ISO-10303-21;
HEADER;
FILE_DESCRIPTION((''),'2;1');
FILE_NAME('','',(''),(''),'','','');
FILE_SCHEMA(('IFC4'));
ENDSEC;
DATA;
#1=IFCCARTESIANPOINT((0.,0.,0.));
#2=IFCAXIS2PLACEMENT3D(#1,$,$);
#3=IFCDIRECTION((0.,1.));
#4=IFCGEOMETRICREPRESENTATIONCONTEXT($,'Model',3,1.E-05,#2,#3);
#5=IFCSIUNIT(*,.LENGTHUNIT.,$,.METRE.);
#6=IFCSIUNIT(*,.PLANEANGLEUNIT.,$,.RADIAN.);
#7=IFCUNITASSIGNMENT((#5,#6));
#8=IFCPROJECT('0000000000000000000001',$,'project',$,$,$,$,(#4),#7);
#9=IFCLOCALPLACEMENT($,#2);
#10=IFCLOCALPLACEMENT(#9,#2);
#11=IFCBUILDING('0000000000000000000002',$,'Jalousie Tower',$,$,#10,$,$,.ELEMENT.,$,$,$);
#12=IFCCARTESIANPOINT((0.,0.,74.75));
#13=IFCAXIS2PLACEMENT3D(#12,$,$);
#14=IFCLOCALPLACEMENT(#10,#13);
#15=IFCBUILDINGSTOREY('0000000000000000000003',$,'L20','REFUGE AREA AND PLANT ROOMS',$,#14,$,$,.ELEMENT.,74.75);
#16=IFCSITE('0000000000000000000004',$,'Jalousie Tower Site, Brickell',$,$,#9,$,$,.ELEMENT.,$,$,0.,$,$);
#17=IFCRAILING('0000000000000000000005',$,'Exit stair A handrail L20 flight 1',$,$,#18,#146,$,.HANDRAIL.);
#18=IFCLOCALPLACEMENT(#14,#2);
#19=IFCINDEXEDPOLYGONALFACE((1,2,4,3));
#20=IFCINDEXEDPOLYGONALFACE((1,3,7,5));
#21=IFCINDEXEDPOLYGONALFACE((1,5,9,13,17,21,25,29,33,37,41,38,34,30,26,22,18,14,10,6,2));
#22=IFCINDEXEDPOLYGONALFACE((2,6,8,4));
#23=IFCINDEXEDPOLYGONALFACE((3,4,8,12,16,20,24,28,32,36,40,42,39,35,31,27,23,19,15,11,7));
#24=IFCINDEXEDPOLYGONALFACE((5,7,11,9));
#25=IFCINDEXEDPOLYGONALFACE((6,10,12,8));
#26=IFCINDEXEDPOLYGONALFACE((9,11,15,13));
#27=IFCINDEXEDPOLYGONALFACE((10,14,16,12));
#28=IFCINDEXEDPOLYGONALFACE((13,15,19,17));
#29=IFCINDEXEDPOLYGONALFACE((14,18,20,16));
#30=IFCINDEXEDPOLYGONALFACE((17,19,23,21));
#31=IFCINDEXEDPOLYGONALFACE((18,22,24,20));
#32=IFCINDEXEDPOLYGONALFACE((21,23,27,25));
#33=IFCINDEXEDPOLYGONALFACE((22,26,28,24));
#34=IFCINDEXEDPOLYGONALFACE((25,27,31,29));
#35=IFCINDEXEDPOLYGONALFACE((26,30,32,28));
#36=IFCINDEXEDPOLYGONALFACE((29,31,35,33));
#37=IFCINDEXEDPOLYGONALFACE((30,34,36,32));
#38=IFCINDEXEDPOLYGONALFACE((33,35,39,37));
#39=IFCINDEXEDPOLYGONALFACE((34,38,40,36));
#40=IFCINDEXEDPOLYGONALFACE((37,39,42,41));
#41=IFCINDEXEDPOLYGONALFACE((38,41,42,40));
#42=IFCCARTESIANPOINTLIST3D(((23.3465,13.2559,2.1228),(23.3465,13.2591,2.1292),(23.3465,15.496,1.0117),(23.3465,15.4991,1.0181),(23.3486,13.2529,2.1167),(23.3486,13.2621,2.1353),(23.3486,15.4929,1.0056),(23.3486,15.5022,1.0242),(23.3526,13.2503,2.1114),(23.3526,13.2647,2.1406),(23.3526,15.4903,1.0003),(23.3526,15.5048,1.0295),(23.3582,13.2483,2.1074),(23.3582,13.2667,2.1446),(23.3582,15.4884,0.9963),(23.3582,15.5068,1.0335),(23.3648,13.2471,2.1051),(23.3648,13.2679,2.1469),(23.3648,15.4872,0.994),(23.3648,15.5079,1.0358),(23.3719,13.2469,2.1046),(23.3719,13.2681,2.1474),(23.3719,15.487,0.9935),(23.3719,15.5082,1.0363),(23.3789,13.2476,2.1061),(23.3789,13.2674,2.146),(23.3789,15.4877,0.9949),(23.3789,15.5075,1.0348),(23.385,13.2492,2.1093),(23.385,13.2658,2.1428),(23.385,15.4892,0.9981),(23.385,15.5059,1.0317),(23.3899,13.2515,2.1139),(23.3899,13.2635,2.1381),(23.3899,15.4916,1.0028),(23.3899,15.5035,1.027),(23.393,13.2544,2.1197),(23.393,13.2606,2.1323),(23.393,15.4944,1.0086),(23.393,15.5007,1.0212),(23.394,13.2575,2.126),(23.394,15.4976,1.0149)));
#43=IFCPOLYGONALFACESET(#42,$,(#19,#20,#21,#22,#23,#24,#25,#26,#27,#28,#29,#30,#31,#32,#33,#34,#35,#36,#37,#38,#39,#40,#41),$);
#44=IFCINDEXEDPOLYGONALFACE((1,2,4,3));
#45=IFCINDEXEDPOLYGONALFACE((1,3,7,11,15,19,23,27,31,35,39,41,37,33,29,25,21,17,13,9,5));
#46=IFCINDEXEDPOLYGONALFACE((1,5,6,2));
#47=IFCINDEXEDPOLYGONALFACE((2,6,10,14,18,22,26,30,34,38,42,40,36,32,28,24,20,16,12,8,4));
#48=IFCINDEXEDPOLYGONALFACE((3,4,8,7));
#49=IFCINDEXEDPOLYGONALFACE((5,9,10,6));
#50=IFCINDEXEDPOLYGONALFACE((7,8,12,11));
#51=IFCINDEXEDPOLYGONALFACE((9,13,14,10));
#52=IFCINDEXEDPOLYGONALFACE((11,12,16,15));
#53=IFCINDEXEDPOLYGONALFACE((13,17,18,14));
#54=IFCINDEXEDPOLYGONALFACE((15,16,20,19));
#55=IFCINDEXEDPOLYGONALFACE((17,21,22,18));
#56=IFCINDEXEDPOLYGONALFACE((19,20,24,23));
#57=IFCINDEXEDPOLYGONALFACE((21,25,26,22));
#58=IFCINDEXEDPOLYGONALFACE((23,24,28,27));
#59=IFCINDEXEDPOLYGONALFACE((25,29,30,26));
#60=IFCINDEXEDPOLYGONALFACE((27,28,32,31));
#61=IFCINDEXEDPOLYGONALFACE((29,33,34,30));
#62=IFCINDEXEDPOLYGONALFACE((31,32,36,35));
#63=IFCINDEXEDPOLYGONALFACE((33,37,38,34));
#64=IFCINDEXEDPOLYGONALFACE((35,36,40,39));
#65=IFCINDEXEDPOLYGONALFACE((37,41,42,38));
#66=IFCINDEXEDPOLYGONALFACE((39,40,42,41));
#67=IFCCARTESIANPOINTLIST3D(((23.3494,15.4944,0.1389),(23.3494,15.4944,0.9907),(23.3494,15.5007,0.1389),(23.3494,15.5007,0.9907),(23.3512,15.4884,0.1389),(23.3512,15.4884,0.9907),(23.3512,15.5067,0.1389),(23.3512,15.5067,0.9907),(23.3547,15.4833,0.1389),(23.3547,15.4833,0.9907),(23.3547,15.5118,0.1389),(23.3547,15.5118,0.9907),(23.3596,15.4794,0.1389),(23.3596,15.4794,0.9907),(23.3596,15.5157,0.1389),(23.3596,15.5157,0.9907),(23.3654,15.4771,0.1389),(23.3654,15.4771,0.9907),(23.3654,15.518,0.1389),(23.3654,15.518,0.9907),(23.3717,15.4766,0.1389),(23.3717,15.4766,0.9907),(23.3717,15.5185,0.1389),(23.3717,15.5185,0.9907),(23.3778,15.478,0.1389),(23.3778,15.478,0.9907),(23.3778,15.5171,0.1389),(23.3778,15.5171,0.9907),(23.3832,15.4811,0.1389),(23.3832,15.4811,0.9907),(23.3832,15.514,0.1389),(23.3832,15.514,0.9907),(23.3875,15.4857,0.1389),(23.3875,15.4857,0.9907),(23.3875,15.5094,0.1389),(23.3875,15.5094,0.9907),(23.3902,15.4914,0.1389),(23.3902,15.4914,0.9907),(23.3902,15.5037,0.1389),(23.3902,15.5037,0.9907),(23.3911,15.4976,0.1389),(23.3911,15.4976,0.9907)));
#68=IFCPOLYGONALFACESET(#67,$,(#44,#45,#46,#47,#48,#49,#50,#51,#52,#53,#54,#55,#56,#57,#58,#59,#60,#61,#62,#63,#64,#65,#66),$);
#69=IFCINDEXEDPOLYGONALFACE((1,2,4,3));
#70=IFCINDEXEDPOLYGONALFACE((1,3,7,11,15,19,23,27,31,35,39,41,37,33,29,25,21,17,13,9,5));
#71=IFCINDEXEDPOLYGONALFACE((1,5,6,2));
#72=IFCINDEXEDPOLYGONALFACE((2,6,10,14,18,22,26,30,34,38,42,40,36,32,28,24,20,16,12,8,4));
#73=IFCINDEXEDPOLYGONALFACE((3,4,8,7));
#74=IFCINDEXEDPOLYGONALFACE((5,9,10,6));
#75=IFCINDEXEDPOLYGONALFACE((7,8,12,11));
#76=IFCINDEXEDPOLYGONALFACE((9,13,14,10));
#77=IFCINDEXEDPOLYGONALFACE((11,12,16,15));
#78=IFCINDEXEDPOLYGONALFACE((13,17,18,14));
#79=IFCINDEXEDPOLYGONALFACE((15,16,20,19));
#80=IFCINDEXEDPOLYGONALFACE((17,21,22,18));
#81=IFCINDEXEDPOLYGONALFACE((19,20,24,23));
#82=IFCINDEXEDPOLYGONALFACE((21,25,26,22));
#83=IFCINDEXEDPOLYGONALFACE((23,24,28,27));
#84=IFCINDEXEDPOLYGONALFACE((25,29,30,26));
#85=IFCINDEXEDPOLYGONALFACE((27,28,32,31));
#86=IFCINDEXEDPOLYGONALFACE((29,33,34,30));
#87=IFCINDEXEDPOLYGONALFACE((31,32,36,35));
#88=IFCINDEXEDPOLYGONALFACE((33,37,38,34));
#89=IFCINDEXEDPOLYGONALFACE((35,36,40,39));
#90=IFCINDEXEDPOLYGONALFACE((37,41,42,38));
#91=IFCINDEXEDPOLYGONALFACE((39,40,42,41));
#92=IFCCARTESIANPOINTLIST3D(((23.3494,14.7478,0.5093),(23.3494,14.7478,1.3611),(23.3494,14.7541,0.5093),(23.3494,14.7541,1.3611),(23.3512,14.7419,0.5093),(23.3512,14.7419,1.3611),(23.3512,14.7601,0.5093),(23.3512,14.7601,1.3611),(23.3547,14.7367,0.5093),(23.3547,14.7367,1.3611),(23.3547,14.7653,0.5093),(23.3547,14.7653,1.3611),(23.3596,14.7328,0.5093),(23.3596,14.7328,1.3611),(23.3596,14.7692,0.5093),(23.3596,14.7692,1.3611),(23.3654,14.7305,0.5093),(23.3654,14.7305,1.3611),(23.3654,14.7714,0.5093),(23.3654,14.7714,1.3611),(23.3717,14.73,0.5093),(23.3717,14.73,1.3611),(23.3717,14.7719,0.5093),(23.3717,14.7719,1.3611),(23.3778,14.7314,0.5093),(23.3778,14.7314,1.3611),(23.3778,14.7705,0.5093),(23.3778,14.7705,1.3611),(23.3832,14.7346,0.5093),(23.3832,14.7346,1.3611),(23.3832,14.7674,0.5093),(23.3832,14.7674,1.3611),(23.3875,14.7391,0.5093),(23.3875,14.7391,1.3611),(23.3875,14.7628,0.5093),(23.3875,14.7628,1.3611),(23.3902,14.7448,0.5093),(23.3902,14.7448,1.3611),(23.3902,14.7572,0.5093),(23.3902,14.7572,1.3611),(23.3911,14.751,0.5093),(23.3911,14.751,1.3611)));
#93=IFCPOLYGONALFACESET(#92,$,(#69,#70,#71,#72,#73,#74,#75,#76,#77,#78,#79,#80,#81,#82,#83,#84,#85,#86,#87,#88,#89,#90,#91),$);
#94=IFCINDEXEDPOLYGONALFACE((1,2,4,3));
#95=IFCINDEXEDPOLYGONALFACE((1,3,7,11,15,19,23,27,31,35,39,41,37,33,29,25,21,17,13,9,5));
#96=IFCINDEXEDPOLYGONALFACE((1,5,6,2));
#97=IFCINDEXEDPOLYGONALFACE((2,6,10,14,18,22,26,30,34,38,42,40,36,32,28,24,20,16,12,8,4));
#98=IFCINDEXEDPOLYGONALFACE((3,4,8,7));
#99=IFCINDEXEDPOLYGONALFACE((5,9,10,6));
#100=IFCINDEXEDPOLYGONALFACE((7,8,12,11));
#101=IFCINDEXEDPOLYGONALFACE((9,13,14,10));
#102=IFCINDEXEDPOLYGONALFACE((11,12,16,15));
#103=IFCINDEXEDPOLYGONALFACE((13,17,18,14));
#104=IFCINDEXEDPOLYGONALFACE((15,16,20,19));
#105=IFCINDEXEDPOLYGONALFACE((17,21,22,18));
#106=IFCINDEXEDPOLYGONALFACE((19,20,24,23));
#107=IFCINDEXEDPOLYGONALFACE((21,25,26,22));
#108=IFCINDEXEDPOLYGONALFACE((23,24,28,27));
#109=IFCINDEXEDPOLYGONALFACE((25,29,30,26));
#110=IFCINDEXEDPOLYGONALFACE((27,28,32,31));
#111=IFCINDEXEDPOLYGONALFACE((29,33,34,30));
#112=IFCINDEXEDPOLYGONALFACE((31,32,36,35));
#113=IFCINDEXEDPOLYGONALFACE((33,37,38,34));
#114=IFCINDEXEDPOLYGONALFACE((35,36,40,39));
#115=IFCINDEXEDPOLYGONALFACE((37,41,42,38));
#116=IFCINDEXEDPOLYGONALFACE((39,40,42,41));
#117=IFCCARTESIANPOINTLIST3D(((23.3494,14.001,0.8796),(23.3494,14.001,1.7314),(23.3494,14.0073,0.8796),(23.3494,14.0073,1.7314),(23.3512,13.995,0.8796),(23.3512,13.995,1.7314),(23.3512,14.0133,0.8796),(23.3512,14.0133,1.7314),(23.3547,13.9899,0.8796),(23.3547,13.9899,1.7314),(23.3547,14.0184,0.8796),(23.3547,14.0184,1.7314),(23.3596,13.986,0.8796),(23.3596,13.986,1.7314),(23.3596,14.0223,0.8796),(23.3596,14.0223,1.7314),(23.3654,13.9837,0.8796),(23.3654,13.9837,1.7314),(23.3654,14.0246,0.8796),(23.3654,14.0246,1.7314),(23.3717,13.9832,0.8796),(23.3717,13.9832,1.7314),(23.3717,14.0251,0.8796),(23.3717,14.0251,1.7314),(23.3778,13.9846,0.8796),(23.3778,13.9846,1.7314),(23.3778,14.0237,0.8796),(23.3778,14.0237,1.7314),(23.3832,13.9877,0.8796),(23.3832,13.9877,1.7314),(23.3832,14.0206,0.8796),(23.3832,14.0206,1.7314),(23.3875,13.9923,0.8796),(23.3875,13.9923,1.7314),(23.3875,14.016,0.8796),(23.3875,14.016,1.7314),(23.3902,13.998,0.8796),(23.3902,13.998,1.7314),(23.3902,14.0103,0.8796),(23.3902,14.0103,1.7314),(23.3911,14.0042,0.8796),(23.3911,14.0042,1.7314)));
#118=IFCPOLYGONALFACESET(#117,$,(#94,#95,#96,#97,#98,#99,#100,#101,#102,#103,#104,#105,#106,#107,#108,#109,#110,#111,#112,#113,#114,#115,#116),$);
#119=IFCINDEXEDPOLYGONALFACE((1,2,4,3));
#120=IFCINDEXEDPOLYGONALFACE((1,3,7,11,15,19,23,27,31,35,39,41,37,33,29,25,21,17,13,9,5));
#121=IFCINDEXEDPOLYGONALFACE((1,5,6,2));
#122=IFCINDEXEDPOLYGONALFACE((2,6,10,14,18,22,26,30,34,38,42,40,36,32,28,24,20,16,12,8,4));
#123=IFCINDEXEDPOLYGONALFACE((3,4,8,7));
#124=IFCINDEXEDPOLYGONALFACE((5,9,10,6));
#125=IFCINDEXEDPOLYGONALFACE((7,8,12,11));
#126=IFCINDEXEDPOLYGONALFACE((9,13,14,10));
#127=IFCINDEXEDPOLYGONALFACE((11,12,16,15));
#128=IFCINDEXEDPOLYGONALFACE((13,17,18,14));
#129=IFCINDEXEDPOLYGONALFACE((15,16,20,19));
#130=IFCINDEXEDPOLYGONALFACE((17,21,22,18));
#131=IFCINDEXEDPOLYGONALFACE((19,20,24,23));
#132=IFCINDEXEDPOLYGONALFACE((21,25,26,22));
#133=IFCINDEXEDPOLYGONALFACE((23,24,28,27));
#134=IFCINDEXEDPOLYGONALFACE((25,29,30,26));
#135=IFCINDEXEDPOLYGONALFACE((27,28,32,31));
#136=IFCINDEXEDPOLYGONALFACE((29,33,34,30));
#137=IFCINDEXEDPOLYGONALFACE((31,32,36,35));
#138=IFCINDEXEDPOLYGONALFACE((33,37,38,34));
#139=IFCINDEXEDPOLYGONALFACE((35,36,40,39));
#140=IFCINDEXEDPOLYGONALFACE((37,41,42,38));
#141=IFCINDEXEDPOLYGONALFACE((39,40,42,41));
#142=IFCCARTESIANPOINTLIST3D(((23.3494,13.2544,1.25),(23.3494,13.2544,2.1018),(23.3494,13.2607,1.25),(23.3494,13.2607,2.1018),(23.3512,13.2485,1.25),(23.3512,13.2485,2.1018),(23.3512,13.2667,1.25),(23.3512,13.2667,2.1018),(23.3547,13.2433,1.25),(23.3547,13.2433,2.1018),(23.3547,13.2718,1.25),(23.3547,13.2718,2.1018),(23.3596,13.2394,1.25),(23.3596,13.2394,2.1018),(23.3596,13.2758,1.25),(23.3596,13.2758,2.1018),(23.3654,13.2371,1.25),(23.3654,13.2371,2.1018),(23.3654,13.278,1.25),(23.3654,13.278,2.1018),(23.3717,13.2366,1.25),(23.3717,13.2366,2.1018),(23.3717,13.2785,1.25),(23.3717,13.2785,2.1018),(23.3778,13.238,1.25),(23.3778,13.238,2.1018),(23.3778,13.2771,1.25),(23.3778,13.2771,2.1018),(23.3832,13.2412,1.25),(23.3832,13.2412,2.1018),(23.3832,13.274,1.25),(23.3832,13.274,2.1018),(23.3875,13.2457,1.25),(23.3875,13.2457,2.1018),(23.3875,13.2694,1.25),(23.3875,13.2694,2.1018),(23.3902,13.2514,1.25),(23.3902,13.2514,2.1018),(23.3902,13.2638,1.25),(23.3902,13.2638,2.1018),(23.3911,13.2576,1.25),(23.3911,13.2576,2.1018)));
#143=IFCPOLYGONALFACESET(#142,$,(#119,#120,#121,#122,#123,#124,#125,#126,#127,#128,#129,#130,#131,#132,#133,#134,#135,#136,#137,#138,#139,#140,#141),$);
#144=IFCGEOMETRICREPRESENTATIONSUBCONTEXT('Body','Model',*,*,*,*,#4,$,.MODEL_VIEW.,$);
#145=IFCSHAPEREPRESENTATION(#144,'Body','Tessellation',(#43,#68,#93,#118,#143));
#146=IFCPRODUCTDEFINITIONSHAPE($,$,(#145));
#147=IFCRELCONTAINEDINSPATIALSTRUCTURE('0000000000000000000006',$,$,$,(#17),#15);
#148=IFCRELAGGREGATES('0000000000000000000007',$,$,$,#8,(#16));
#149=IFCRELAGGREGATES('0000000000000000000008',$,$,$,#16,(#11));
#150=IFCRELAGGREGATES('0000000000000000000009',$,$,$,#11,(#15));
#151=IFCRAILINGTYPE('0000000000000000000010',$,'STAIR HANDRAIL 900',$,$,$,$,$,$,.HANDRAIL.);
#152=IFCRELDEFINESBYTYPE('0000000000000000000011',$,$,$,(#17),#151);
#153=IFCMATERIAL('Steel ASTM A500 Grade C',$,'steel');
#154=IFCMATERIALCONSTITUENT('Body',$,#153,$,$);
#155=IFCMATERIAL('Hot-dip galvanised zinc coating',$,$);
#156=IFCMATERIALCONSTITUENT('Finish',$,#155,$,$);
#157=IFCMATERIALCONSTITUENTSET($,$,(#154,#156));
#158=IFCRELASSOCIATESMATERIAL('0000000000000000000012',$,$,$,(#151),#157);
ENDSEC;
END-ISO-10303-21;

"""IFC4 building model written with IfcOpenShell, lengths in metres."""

from ifc_helpers import new_model, si_unit, direction, frame, origin, origin_2d, place, context, subcontext, project, spatial, circle, extrude, material, constituent, constituent_set, type_object, element, save


model = new_model("IFC4")

# Units and contexts
model_context = context("Model", 3, precision=1e-05, world=origin(), true_north=direction((0.0, 1.0)))
body_context = subcontext(model_context, "Body", "Model", "MODEL_VIEW")
ifc_project = project(units=[si_unit("LENGTHUNIT", "METRE"), si_unit("PLANEANGLEUNIT", "RADIAN")], contexts=[model_context])

# Site, building, storey
site_placement = place(None, origin())
site = spatial("IfcSite", under=ifc_project, at=site_placement, Name="Jalousie Tower Site, Brickell", CompositionType="ELEMENT", RefElevation=0.0)
building_placement = place(site_placement, origin())
building = spatial("IfcBuilding", under=site, at=building_placement, Name="Jalousie Tower", CompositionType="ELEMENT")
storey_placement = place(building_placement, frame((0.0, 0.0, 74.75)))
storey = spatial("IfcBuildingStorey", under=building, at=storey_placement, Name="L20", Description="REFUGE AREA AND PLANT ROOMS", CompositionType="ELEMENT", Elevation=74.75)

# Railing
ifc_material_1 = material(Name="Steel ASTM A500 Grade C", Category="steel")
ifc_constituent_1 = constituent(ifc_material_1, Name="Body")
ifc_material_2 = material(Name="Hot-dip galvanised zinc coating")
ifc_constituent_2 = constituent(ifc_material_2, Name="Finish")
ifc_constituent_set_1 = constituent_set(constituents=[ifc_constituent_1, ifc_constituent_2])
railing_type_1 = type_object("IfcRailingType", Name="STAIR HANDRAIL 900", PredefinedType="HANDRAIL", material=ifc_constituent_set_1)
railing_1_placement = place(storey_placement, frame((23.3701, 15.4976, 0.1389)))
element("IfcRailing", 1, at=railing_1_placement, inside=storey, type_object=railing_type_1, Name="Exit stair A handrail L20 flight 1", PredefinedType="HANDRAIL", context=body_context, shape_type="SweptSolid", body=[
    extrude(circle(Radius=0.0239, at=origin_2d()), frame((0.0, 0.0, 0.876), z_axis=(0.0, -0.895848, 0.44436), x_axis=(1.0, 0.0, 0.0)), (0.0, 0.0, 1.0), 2.5005),
    extrude(circle(Radius=0.021, at=origin_2d()), origin(), (0.0, 0.0, 1.0), 0.8518),
    extrude(circle(Radius=0.021, at=origin_2d()), frame((0.0, -0.7466, 0.3704)), (0.0, 0.0, 1.0), 0.8518),
    extrude(circle(Radius=0.021, at=origin_2d()), frame((0.0, -1.4934, 0.7407)), (0.0, 0.0, 1.0), 0.8518),
    extrude(circle(Radius=0.021, at=origin_2d()), frame((0.0, -2.24, 1.1111)), (0.0, 0.0, 1.0), 0.8518),
])

save(model, "model.ifc")
